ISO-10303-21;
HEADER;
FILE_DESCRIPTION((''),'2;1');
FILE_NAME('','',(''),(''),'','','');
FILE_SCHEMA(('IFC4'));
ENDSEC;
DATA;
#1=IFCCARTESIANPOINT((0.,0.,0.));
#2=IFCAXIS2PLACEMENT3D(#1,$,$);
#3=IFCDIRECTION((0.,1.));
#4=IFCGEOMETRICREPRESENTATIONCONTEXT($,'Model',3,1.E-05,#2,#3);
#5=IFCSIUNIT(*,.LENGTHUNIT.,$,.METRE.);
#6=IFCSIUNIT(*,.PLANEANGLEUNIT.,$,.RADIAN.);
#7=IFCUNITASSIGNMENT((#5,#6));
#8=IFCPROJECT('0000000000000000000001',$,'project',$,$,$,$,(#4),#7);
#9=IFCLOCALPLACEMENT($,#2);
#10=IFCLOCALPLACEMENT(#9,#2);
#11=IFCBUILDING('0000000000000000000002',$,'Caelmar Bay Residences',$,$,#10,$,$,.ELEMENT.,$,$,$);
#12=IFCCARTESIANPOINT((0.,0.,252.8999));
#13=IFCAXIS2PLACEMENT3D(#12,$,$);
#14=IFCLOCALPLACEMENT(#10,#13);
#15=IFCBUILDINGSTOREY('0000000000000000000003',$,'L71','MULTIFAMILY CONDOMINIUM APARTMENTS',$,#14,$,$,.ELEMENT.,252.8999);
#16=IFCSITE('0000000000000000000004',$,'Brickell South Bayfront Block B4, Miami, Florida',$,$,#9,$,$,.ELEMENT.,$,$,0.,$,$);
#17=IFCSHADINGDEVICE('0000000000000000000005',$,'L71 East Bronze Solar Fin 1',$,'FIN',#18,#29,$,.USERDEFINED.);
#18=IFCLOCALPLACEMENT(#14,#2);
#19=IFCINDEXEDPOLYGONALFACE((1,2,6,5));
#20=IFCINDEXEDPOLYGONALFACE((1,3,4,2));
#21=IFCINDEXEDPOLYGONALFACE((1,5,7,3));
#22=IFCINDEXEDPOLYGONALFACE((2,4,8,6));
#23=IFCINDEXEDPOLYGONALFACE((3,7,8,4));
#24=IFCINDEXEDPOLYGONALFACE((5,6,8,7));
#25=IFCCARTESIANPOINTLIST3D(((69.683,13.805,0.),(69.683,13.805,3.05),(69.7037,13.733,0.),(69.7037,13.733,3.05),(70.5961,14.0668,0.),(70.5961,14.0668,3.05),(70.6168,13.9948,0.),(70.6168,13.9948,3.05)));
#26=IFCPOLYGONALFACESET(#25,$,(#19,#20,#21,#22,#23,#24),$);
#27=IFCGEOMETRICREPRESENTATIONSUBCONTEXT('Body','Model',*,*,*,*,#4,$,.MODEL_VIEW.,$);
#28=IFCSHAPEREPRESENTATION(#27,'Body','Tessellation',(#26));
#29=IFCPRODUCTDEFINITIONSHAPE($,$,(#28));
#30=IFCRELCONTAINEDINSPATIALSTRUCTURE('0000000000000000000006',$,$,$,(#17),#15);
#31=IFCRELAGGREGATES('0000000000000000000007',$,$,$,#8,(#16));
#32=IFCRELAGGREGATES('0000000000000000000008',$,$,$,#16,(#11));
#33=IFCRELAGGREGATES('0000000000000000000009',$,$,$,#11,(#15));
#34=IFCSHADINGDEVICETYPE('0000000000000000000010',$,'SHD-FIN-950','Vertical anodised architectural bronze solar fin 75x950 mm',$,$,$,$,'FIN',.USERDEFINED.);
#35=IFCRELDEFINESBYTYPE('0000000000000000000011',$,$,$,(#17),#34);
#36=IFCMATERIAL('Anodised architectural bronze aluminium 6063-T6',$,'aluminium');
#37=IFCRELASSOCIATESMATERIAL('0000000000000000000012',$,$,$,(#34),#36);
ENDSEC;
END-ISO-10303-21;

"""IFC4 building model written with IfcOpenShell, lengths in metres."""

from ifc_helpers import new_model, si_unit, direction, frame, origin, origin_2d, place, context, subcontext, project, spatial, rectangle, extrude, material, material_profile, profile_set, type_object, element, save


model = new_model("IFC4")

# Units and contexts
model_context = context("Model", 3, precision=1e-05, world=origin(), true_north=direction((0.0, 1.0)))
body_context = subcontext(model_context, "Body", "Model", "MODEL_VIEW")
ifc_project = project(units=[si_unit("LENGTHUNIT", "METRE"), si_unit("PLANEANGLEUNIT", "RADIAN")], contexts=[model_context])

# Site, building, storey
site_placement = place(None, origin())
site = spatial("IfcSite", under=ifc_project, at=site_placement, Name="Brickell South Bayfront Block B4, Miami, Florida", CompositionType="ELEMENT", RefElevation=0.0)
building_placement = place(site_placement, origin())
building = spatial("IfcBuilding", under=site, at=building_placement, Name="Caelmar Bay Residences", CompositionType="ELEMENT")
storey_placement = place(building_placement, frame((0.0, 0.0, 252.8999)))
storey = spatial("IfcBuildingStorey", under=building, at=storey_placement, Name="L71", Description="MULTIFAMILY CONDOMINIUM APARTMENTS", CompositionType="ELEMENT", Elevation=252.8999)

# Shading device
ifc_material_1 = material(Name="Anodised architectural bronze aluminium 6063-T6", Category="aluminium")
ifc_material_profile_1 = material_profile(ifc_material_1, rectangle(XDim=0.075, YDim=0.95, at=origin_2d()), Name="BRONZE-FIN-75X950")
ifc_profile_set_1 = profile_set([ifc_material_profile_1], Name="Anodised architectural bronze aluminium 6063-T6")
shading_device_type = type_object("IfcShadingDeviceType", Name="SHD-FIN-950", Description="Vertical anodised architectural bronze solar fin 75x950 mm", ElementType="FIN", PredefinedType="USERDEFINED", material=ifc_profile_set_1)
shading_device_placement = place(storey_placement, frame((70.1499, 13.8999, 0.0), z_axis=(0.0, 0.0, 1.0), x_axis=(-0.275637, 0.961262, 0.0)))
element("IfcShadingDevice", 1, at=shading_device_placement, inside=storey, type_object=shading_device_type, Name="L71 East Bronze Solar Fin 1", ObjectType="FIN", PredefinedType="USERDEFINED", context=body_context, shape_type="SweptSolid", body=[
    extrude(rectangle(XDim=0.075, YDim=0.95, at=origin_2d()), origin(), (0.0, 0.0, 1.0), 3.05),
])

save(model, "model.ifc")
